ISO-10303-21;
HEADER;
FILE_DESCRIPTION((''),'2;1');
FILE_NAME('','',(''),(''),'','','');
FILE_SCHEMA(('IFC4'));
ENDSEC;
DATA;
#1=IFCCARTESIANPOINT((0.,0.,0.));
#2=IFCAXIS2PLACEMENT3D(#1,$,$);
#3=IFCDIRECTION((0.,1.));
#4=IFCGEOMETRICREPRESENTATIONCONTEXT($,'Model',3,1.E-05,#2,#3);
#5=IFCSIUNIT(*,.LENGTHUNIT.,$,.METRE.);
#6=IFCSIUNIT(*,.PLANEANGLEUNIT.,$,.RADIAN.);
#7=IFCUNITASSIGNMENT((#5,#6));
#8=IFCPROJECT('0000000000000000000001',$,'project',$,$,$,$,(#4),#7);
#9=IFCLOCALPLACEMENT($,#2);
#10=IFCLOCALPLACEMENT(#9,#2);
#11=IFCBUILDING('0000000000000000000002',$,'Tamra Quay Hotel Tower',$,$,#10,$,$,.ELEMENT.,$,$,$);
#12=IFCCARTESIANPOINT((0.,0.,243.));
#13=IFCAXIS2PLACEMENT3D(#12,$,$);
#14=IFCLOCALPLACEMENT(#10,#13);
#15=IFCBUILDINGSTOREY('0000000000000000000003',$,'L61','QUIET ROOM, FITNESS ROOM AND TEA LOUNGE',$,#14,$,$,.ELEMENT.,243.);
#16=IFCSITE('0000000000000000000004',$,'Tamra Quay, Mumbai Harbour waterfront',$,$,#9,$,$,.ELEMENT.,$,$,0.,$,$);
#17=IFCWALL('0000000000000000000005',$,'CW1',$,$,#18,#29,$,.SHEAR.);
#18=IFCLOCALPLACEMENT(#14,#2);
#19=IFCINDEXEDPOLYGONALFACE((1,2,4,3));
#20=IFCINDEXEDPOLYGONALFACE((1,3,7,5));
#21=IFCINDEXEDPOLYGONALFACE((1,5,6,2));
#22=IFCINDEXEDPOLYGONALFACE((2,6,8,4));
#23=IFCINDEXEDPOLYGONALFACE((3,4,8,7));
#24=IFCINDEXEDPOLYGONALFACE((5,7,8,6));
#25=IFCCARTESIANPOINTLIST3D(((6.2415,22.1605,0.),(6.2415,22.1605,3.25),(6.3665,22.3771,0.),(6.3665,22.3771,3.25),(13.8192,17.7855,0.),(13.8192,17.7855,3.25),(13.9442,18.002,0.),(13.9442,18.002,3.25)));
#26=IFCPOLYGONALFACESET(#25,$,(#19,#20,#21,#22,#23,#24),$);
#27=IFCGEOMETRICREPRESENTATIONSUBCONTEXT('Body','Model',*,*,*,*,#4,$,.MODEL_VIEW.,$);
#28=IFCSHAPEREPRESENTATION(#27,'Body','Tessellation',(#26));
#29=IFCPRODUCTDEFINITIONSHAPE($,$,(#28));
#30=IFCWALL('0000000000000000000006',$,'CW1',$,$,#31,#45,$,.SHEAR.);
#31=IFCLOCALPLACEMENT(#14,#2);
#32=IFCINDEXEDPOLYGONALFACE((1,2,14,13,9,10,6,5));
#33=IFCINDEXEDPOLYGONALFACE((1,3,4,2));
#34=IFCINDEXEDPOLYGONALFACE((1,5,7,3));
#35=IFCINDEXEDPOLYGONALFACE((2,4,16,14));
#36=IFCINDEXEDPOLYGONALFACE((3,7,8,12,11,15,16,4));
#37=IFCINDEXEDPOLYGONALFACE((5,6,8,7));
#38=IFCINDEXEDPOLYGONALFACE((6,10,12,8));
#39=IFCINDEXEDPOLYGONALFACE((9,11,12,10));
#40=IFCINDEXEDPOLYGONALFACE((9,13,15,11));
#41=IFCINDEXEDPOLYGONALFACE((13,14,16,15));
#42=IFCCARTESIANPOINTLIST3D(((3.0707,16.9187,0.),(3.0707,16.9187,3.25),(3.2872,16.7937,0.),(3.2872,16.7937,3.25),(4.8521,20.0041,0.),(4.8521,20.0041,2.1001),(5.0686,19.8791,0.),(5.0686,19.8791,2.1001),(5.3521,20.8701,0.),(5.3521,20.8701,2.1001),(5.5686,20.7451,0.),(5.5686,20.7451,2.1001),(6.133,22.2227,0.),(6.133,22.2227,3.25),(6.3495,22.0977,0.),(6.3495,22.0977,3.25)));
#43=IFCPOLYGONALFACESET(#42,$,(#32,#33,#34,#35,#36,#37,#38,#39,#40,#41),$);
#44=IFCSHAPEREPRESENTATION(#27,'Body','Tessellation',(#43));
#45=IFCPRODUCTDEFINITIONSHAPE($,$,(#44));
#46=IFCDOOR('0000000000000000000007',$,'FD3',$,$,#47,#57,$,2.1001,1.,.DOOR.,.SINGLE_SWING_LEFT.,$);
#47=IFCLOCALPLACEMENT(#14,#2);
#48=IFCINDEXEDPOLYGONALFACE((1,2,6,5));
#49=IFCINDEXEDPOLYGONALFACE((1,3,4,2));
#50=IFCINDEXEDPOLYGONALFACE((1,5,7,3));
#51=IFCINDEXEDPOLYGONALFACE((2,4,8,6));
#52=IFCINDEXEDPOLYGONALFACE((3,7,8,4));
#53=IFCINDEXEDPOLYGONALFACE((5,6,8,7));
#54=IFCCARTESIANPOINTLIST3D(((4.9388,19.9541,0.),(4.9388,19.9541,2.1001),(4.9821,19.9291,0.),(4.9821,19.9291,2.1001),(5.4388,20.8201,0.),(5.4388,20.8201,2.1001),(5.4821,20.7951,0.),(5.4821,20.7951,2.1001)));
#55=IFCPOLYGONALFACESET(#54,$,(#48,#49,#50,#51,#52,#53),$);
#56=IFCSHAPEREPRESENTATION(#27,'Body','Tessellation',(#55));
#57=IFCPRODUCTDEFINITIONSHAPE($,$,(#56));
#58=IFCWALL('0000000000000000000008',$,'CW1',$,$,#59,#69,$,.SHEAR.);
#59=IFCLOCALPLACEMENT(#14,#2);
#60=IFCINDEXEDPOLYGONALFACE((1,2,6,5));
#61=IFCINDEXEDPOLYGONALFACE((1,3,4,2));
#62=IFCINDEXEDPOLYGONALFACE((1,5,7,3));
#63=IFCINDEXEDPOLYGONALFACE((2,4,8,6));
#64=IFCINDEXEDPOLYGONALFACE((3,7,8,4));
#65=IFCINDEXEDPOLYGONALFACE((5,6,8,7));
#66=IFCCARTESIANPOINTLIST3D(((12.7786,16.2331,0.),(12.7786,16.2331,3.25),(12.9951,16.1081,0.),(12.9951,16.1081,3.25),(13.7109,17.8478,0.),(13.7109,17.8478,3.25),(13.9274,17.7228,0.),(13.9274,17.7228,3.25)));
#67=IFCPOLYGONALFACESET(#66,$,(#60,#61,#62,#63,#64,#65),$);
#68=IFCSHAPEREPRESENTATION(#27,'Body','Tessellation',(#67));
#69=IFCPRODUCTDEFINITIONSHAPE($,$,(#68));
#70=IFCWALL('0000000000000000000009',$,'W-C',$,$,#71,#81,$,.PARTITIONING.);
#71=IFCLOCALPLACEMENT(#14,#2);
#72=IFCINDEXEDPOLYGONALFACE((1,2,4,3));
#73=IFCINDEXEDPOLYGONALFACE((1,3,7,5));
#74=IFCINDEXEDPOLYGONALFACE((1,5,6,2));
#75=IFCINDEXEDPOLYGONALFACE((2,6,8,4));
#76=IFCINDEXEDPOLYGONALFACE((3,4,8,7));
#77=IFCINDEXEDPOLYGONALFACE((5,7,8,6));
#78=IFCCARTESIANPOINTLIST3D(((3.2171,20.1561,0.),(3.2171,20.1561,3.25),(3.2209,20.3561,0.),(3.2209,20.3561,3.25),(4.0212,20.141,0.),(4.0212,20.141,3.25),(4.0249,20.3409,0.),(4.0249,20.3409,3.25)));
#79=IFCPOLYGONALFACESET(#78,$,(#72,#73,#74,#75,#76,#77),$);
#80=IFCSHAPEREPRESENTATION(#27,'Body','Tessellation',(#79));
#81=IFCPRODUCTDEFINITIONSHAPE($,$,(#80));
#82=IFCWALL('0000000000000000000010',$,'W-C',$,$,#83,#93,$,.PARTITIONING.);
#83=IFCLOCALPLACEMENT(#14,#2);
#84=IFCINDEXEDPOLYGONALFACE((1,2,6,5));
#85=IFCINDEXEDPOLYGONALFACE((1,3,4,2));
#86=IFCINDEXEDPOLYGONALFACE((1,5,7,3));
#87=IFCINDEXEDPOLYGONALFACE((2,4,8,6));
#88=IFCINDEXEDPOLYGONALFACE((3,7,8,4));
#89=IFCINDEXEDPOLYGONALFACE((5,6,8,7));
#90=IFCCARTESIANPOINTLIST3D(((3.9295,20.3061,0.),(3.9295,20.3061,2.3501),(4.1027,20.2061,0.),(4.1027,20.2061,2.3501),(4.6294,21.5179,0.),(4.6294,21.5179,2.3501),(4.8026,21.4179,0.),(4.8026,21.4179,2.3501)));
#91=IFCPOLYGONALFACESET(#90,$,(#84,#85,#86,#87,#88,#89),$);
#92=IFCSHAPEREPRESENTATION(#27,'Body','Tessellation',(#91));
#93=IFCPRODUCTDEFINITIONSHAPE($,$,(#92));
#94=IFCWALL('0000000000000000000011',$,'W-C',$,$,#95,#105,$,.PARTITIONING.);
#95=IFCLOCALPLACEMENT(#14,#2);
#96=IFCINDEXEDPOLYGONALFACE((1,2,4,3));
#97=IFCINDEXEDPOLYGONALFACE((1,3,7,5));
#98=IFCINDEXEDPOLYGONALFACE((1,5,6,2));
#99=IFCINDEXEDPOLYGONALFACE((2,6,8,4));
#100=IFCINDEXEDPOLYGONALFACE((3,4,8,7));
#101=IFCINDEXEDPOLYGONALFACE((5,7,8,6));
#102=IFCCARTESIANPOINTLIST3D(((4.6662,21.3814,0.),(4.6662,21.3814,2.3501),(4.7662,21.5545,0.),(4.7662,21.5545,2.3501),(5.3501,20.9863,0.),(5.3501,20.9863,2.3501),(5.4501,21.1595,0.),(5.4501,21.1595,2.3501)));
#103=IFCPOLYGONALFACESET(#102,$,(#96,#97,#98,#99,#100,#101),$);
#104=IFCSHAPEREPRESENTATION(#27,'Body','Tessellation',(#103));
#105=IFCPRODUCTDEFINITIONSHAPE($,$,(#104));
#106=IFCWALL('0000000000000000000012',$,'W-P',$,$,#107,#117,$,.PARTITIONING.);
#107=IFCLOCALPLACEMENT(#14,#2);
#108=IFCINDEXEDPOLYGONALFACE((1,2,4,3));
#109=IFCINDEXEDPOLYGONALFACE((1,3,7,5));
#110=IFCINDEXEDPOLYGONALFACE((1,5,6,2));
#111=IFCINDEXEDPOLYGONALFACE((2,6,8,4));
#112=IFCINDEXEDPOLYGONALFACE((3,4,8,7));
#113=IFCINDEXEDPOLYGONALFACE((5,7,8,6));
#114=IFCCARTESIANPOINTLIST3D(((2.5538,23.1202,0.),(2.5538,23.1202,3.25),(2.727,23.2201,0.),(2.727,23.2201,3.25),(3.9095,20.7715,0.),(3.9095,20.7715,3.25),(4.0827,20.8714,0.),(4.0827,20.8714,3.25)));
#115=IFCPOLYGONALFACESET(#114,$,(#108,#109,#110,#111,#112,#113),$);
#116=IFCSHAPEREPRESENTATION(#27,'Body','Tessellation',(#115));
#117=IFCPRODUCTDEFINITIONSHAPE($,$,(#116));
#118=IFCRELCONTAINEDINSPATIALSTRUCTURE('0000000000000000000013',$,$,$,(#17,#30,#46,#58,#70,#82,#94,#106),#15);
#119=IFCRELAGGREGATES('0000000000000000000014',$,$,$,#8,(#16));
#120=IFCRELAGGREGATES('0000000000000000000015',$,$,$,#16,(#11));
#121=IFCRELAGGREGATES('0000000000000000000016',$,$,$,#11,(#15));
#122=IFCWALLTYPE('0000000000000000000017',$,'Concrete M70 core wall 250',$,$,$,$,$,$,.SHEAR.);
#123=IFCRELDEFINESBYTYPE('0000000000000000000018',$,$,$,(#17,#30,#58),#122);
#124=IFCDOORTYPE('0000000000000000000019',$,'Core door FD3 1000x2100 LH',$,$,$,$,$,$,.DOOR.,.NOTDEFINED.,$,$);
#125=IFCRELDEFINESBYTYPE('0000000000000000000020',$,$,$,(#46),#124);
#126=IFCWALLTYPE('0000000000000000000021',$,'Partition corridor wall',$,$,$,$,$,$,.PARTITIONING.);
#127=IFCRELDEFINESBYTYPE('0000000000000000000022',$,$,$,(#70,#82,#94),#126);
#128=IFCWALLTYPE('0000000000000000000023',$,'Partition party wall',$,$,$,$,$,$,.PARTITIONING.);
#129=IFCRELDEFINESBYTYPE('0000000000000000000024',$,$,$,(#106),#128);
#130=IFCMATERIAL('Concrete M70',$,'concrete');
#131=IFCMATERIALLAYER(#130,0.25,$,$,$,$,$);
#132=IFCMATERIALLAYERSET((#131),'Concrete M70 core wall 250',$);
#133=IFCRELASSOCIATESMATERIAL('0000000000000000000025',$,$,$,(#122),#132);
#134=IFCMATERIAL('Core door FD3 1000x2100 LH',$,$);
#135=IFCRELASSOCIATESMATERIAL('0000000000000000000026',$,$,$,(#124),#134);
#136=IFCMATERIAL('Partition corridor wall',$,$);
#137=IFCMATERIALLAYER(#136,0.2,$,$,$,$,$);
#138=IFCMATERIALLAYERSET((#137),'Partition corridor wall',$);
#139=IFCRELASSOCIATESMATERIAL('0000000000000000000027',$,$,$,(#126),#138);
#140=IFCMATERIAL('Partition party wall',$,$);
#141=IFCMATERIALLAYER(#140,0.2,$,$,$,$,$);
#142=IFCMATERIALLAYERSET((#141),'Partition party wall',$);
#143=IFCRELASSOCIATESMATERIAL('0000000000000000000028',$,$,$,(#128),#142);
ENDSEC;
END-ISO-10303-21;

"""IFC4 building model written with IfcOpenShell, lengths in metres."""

from ifc_helpers import new_model, si_unit, direction, frame, frame_2d, origin, place, context, subcontext, project, spatial, rectangle, extrude, material, layer, layer_set, type_object, element, fill, save


model = new_model("IFC4")

# Units and contexts
model_context = context("Model", 3, precision=1e-05, world=origin(), true_north=direction((0.0, 1.0)))
body_context = subcontext(model_context, "Body", "Model", "MODEL_VIEW")
ifc_project = project(units=[si_unit("LENGTHUNIT", "METRE"), si_unit("PLANEANGLEUNIT", "RADIAN")], contexts=[model_context])

# Site, building, storey
site_placement = place(None, origin())
site = spatial("IfcSite", under=ifc_project, at=site_placement, Name="Tamra Quay, Mumbai Harbour waterfront", CompositionType="ELEMENT", RefElevation=0.0)
building_placement = place(site_placement, origin())
building = spatial("IfcBuilding", under=site, at=building_placement, Name="Tamra Quay Hotel Tower", CompositionType="ELEMENT")
storey_placement = place(building_placement, frame((0.0, 0.0, 243.0)))
storey = spatial("IfcBuildingStorey", under=building, at=storey_placement, Name="L61", Description="QUIET ROOM, FITNESS ROOM AND TEA LOUNGE", CompositionType="ELEMENT", Elevation=243.0)

# Shared definitions
ifc_material_1 = material(Name="Concrete M70", Category="concrete")

# Wall
ifc_layer_1 = layer(ifc_material_1, 0.25)
ifc_layer_set_1 = layer_set([ifc_layer_1], Name="Concrete M70 core wall 250")
wall_type_1 = type_object("IfcWallType", Name="Concrete M70 core wall 250", PredefinedType="SHEAR", material=ifc_layer_set_1)
wall_1_placement = place(storey_placement, frame((6.304, 22.2688, 0.0), z_axis=(0.0, 0.0, 1.0), x_axis=(0.866023, -0.500004, 0.0)))
element("IfcWall", 1, at=wall_1_placement, inside=storey, type_object=wall_type_1, Name="CW1", PredefinedType="SHEAR", context=body_context, shape_type="SweptSolid", body=[
    extrude(rectangle(XDim=8.75, YDim=0.25, at=frame_2d((4.375, 0.0))), origin(), (0.0, 0.0, 1.0), 3.25),
])

# Wall, opening, door
wall_2_placement = place(storey_placement, frame((3.179, 16.8562, 0.0), z_axis=(0.0, 0.0, 1.0), x_axis=(0.500002, 0.866024, 0.0)))
wall_2 = element("IfcWall", 2, at=wall_2_placement, inside=storey, type_object=wall_type_1, Name="CW1", PredefinedType="SHEAR", context=body_context, shape_type="SweptSolid", body=[
    extrude(rectangle(XDim=6.1245, YDim=0.25, at=frame_2d((3.0623, 0.0))), origin(), (0.0, 0.0, 1.0), 3.25),
])
opening_placement = place(wall_2_placement, frame((3.5627, 0.0, 0.0)))
opening = element("IfcOpeningElement", 3, at=opening_placement, cuts=wall_2, PredefinedType="OPENING", context=body_context, shape_type="SweptSolid", body=[
    extrude(rectangle(XDim=1.0, YDim=2.1001, at=frame_2d((0.5, 1.05))), frame((0.0, 0.135, 0.0), z_axis=(0.0, -1.0, 0.0), x_axis=(1.0, 0.0, 0.0)), (0.0, 0.0, 1.0), 0.27),
])
ifc_material_2 = material(Name="Core door FD3 1000x2100 LH")
door_type = type_object("IfcDoorType", Name="Core door FD3 1000x2100 LH", OperationType="NOTDEFINED", PredefinedType="DOOR", material=ifc_material_2)
door_placement = place(opening_placement, origin())
door = element("IfcDoor", 4, at=door_placement, inside=storey, type_object=door_type, Name="FD3", OperationType="SINGLE_SWING_LEFT", OverallHeight=2.1001, OverallWidth=1.0, PredefinedType="DOOR", context=body_context, shape_type="SweptSolid", body=[
    extrude(rectangle(XDim=1.0, YDim=2.1001, at=frame_2d((0.5, 1.05))), frame((0.0, 0.0249, 0.0), z_axis=(0.0, -1.0, 0.0), x_axis=(1.0, 0.0, 0.0)), (0.0, 0.0, 1.0), 0.05),
])
fill(opening, door)

# Walls
wall_3_placement = place(storey_placement, frame((13.8191, 17.7852, 0.0), z_axis=(0.0, 0.0, 1.0), x_axis=(-0.50004, -0.866002, 0.0)))
element("IfcWall", 5, at=wall_3_placement, inside=storey, type_object=wall_type_1, Name="CW1", PredefinedType="SHEAR", context=body_context, shape_type="SweptSolid", body=[
    extrude(rectangle(XDim=1.8645, YDim=0.25, at=frame_2d((0.9321, 0.0))), origin(), (0.0, 0.0, 1.0), 3.25),
])
ifc_material_3 = material(Name="Partition corridor wall")
ifc_layer_2 = layer(ifc_material_3, 0.2)
ifc_layer_set_2 = layer_set([ifc_layer_2], Name="Partition corridor wall")
wall_type_2 = type_object("IfcWallType", Name="Partition corridor wall", PredefinedType="PARTITIONING", material=ifc_layer_set_2)
wall_4_placement = place(storey_placement, frame((3.219, 20.2561, 0.0), z_axis=(0.0, 0.0, 1.0), x_axis=(0.999823, -0.018824, 0.0)))
element("IfcWall", 6, at=wall_4_placement, inside=storey, type_object=wall_type_2, Name="W-C", PredefinedType="PARTITIONING", context=body_context, shape_type="SweptSolid", body=[
    extrude(rectangle(XDim=0.8042, YDim=0.2, at=frame_2d((0.4021, 0.0))), origin(), (0.0, 0.0, 1.0), 3.25),
])
wall_5_placement = place(storey_placement, frame((4.0161, 20.2561, 0.0), z_axis=(0.0, 0.0, 1.0), x_axis=(0.500135, 0.865947, 0.0)))
element("IfcWall", 7, at=wall_5_placement, inside=storey, type_object=wall_type_2, Name="W-C", PredefinedType="PARTITIONING", context=body_context, shape_type="SweptSolid", body=[
    extrude(rectangle(XDim=1.3994, YDim=0.2, at=frame_2d((0.6997, 0.0))), origin(), (0.0, 0.0, 1.0), 2.3501),
])
wall_6_placement = place(storey_placement, frame((4.7161, 21.468, 0.0), z_axis=(0.0, 0.0, 1.0), x_axis=(0.865913, -0.500195, 0.0)))
element("IfcWall", 8, at=wall_6_placement, inside=storey, type_object=wall_type_2, Name="W-C", PredefinedType="PARTITIONING", context=body_context, shape_type="SweptSolid", body=[
    extrude(rectangle(XDim=0.7898, YDim=0.2, at=frame_2d((0.395, 0.0))), origin(), (0.0, 0.0, 1.0), 2.3501),
])
ifc_material_4 = material(Name="Partition party wall")
ifc_layer_3 = layer(ifc_material_4, 0.2)
ifc_layer_set_3 = layer_set([ifc_layer_3], Name="Partition party wall")
wall_type_3 = type_object("IfcWallType", Name="Partition party wall", PredefinedType="PARTITIONING", material=ifc_layer_set_3)
wall_7_placement = place(storey_placement, frame((2.6404, 23.1702, 0.0), z_axis=(0.0, 0.0, 1.0), x_axis=(0.499925, -0.866069, 0.0)))
element("IfcWall", 9, at=wall_7_placement, inside=storey, type_object=wall_type_3, Name="W-P", PredefinedType="PARTITIONING", context=body_context, shape_type="SweptSolid", body=[
    extrude(rectangle(XDim=2.7119, YDim=0.2, at=frame_2d((1.356, 0.0))), origin(), (0.0, 0.0, 1.0), 3.25),
])

save(model, "model.ifc")
